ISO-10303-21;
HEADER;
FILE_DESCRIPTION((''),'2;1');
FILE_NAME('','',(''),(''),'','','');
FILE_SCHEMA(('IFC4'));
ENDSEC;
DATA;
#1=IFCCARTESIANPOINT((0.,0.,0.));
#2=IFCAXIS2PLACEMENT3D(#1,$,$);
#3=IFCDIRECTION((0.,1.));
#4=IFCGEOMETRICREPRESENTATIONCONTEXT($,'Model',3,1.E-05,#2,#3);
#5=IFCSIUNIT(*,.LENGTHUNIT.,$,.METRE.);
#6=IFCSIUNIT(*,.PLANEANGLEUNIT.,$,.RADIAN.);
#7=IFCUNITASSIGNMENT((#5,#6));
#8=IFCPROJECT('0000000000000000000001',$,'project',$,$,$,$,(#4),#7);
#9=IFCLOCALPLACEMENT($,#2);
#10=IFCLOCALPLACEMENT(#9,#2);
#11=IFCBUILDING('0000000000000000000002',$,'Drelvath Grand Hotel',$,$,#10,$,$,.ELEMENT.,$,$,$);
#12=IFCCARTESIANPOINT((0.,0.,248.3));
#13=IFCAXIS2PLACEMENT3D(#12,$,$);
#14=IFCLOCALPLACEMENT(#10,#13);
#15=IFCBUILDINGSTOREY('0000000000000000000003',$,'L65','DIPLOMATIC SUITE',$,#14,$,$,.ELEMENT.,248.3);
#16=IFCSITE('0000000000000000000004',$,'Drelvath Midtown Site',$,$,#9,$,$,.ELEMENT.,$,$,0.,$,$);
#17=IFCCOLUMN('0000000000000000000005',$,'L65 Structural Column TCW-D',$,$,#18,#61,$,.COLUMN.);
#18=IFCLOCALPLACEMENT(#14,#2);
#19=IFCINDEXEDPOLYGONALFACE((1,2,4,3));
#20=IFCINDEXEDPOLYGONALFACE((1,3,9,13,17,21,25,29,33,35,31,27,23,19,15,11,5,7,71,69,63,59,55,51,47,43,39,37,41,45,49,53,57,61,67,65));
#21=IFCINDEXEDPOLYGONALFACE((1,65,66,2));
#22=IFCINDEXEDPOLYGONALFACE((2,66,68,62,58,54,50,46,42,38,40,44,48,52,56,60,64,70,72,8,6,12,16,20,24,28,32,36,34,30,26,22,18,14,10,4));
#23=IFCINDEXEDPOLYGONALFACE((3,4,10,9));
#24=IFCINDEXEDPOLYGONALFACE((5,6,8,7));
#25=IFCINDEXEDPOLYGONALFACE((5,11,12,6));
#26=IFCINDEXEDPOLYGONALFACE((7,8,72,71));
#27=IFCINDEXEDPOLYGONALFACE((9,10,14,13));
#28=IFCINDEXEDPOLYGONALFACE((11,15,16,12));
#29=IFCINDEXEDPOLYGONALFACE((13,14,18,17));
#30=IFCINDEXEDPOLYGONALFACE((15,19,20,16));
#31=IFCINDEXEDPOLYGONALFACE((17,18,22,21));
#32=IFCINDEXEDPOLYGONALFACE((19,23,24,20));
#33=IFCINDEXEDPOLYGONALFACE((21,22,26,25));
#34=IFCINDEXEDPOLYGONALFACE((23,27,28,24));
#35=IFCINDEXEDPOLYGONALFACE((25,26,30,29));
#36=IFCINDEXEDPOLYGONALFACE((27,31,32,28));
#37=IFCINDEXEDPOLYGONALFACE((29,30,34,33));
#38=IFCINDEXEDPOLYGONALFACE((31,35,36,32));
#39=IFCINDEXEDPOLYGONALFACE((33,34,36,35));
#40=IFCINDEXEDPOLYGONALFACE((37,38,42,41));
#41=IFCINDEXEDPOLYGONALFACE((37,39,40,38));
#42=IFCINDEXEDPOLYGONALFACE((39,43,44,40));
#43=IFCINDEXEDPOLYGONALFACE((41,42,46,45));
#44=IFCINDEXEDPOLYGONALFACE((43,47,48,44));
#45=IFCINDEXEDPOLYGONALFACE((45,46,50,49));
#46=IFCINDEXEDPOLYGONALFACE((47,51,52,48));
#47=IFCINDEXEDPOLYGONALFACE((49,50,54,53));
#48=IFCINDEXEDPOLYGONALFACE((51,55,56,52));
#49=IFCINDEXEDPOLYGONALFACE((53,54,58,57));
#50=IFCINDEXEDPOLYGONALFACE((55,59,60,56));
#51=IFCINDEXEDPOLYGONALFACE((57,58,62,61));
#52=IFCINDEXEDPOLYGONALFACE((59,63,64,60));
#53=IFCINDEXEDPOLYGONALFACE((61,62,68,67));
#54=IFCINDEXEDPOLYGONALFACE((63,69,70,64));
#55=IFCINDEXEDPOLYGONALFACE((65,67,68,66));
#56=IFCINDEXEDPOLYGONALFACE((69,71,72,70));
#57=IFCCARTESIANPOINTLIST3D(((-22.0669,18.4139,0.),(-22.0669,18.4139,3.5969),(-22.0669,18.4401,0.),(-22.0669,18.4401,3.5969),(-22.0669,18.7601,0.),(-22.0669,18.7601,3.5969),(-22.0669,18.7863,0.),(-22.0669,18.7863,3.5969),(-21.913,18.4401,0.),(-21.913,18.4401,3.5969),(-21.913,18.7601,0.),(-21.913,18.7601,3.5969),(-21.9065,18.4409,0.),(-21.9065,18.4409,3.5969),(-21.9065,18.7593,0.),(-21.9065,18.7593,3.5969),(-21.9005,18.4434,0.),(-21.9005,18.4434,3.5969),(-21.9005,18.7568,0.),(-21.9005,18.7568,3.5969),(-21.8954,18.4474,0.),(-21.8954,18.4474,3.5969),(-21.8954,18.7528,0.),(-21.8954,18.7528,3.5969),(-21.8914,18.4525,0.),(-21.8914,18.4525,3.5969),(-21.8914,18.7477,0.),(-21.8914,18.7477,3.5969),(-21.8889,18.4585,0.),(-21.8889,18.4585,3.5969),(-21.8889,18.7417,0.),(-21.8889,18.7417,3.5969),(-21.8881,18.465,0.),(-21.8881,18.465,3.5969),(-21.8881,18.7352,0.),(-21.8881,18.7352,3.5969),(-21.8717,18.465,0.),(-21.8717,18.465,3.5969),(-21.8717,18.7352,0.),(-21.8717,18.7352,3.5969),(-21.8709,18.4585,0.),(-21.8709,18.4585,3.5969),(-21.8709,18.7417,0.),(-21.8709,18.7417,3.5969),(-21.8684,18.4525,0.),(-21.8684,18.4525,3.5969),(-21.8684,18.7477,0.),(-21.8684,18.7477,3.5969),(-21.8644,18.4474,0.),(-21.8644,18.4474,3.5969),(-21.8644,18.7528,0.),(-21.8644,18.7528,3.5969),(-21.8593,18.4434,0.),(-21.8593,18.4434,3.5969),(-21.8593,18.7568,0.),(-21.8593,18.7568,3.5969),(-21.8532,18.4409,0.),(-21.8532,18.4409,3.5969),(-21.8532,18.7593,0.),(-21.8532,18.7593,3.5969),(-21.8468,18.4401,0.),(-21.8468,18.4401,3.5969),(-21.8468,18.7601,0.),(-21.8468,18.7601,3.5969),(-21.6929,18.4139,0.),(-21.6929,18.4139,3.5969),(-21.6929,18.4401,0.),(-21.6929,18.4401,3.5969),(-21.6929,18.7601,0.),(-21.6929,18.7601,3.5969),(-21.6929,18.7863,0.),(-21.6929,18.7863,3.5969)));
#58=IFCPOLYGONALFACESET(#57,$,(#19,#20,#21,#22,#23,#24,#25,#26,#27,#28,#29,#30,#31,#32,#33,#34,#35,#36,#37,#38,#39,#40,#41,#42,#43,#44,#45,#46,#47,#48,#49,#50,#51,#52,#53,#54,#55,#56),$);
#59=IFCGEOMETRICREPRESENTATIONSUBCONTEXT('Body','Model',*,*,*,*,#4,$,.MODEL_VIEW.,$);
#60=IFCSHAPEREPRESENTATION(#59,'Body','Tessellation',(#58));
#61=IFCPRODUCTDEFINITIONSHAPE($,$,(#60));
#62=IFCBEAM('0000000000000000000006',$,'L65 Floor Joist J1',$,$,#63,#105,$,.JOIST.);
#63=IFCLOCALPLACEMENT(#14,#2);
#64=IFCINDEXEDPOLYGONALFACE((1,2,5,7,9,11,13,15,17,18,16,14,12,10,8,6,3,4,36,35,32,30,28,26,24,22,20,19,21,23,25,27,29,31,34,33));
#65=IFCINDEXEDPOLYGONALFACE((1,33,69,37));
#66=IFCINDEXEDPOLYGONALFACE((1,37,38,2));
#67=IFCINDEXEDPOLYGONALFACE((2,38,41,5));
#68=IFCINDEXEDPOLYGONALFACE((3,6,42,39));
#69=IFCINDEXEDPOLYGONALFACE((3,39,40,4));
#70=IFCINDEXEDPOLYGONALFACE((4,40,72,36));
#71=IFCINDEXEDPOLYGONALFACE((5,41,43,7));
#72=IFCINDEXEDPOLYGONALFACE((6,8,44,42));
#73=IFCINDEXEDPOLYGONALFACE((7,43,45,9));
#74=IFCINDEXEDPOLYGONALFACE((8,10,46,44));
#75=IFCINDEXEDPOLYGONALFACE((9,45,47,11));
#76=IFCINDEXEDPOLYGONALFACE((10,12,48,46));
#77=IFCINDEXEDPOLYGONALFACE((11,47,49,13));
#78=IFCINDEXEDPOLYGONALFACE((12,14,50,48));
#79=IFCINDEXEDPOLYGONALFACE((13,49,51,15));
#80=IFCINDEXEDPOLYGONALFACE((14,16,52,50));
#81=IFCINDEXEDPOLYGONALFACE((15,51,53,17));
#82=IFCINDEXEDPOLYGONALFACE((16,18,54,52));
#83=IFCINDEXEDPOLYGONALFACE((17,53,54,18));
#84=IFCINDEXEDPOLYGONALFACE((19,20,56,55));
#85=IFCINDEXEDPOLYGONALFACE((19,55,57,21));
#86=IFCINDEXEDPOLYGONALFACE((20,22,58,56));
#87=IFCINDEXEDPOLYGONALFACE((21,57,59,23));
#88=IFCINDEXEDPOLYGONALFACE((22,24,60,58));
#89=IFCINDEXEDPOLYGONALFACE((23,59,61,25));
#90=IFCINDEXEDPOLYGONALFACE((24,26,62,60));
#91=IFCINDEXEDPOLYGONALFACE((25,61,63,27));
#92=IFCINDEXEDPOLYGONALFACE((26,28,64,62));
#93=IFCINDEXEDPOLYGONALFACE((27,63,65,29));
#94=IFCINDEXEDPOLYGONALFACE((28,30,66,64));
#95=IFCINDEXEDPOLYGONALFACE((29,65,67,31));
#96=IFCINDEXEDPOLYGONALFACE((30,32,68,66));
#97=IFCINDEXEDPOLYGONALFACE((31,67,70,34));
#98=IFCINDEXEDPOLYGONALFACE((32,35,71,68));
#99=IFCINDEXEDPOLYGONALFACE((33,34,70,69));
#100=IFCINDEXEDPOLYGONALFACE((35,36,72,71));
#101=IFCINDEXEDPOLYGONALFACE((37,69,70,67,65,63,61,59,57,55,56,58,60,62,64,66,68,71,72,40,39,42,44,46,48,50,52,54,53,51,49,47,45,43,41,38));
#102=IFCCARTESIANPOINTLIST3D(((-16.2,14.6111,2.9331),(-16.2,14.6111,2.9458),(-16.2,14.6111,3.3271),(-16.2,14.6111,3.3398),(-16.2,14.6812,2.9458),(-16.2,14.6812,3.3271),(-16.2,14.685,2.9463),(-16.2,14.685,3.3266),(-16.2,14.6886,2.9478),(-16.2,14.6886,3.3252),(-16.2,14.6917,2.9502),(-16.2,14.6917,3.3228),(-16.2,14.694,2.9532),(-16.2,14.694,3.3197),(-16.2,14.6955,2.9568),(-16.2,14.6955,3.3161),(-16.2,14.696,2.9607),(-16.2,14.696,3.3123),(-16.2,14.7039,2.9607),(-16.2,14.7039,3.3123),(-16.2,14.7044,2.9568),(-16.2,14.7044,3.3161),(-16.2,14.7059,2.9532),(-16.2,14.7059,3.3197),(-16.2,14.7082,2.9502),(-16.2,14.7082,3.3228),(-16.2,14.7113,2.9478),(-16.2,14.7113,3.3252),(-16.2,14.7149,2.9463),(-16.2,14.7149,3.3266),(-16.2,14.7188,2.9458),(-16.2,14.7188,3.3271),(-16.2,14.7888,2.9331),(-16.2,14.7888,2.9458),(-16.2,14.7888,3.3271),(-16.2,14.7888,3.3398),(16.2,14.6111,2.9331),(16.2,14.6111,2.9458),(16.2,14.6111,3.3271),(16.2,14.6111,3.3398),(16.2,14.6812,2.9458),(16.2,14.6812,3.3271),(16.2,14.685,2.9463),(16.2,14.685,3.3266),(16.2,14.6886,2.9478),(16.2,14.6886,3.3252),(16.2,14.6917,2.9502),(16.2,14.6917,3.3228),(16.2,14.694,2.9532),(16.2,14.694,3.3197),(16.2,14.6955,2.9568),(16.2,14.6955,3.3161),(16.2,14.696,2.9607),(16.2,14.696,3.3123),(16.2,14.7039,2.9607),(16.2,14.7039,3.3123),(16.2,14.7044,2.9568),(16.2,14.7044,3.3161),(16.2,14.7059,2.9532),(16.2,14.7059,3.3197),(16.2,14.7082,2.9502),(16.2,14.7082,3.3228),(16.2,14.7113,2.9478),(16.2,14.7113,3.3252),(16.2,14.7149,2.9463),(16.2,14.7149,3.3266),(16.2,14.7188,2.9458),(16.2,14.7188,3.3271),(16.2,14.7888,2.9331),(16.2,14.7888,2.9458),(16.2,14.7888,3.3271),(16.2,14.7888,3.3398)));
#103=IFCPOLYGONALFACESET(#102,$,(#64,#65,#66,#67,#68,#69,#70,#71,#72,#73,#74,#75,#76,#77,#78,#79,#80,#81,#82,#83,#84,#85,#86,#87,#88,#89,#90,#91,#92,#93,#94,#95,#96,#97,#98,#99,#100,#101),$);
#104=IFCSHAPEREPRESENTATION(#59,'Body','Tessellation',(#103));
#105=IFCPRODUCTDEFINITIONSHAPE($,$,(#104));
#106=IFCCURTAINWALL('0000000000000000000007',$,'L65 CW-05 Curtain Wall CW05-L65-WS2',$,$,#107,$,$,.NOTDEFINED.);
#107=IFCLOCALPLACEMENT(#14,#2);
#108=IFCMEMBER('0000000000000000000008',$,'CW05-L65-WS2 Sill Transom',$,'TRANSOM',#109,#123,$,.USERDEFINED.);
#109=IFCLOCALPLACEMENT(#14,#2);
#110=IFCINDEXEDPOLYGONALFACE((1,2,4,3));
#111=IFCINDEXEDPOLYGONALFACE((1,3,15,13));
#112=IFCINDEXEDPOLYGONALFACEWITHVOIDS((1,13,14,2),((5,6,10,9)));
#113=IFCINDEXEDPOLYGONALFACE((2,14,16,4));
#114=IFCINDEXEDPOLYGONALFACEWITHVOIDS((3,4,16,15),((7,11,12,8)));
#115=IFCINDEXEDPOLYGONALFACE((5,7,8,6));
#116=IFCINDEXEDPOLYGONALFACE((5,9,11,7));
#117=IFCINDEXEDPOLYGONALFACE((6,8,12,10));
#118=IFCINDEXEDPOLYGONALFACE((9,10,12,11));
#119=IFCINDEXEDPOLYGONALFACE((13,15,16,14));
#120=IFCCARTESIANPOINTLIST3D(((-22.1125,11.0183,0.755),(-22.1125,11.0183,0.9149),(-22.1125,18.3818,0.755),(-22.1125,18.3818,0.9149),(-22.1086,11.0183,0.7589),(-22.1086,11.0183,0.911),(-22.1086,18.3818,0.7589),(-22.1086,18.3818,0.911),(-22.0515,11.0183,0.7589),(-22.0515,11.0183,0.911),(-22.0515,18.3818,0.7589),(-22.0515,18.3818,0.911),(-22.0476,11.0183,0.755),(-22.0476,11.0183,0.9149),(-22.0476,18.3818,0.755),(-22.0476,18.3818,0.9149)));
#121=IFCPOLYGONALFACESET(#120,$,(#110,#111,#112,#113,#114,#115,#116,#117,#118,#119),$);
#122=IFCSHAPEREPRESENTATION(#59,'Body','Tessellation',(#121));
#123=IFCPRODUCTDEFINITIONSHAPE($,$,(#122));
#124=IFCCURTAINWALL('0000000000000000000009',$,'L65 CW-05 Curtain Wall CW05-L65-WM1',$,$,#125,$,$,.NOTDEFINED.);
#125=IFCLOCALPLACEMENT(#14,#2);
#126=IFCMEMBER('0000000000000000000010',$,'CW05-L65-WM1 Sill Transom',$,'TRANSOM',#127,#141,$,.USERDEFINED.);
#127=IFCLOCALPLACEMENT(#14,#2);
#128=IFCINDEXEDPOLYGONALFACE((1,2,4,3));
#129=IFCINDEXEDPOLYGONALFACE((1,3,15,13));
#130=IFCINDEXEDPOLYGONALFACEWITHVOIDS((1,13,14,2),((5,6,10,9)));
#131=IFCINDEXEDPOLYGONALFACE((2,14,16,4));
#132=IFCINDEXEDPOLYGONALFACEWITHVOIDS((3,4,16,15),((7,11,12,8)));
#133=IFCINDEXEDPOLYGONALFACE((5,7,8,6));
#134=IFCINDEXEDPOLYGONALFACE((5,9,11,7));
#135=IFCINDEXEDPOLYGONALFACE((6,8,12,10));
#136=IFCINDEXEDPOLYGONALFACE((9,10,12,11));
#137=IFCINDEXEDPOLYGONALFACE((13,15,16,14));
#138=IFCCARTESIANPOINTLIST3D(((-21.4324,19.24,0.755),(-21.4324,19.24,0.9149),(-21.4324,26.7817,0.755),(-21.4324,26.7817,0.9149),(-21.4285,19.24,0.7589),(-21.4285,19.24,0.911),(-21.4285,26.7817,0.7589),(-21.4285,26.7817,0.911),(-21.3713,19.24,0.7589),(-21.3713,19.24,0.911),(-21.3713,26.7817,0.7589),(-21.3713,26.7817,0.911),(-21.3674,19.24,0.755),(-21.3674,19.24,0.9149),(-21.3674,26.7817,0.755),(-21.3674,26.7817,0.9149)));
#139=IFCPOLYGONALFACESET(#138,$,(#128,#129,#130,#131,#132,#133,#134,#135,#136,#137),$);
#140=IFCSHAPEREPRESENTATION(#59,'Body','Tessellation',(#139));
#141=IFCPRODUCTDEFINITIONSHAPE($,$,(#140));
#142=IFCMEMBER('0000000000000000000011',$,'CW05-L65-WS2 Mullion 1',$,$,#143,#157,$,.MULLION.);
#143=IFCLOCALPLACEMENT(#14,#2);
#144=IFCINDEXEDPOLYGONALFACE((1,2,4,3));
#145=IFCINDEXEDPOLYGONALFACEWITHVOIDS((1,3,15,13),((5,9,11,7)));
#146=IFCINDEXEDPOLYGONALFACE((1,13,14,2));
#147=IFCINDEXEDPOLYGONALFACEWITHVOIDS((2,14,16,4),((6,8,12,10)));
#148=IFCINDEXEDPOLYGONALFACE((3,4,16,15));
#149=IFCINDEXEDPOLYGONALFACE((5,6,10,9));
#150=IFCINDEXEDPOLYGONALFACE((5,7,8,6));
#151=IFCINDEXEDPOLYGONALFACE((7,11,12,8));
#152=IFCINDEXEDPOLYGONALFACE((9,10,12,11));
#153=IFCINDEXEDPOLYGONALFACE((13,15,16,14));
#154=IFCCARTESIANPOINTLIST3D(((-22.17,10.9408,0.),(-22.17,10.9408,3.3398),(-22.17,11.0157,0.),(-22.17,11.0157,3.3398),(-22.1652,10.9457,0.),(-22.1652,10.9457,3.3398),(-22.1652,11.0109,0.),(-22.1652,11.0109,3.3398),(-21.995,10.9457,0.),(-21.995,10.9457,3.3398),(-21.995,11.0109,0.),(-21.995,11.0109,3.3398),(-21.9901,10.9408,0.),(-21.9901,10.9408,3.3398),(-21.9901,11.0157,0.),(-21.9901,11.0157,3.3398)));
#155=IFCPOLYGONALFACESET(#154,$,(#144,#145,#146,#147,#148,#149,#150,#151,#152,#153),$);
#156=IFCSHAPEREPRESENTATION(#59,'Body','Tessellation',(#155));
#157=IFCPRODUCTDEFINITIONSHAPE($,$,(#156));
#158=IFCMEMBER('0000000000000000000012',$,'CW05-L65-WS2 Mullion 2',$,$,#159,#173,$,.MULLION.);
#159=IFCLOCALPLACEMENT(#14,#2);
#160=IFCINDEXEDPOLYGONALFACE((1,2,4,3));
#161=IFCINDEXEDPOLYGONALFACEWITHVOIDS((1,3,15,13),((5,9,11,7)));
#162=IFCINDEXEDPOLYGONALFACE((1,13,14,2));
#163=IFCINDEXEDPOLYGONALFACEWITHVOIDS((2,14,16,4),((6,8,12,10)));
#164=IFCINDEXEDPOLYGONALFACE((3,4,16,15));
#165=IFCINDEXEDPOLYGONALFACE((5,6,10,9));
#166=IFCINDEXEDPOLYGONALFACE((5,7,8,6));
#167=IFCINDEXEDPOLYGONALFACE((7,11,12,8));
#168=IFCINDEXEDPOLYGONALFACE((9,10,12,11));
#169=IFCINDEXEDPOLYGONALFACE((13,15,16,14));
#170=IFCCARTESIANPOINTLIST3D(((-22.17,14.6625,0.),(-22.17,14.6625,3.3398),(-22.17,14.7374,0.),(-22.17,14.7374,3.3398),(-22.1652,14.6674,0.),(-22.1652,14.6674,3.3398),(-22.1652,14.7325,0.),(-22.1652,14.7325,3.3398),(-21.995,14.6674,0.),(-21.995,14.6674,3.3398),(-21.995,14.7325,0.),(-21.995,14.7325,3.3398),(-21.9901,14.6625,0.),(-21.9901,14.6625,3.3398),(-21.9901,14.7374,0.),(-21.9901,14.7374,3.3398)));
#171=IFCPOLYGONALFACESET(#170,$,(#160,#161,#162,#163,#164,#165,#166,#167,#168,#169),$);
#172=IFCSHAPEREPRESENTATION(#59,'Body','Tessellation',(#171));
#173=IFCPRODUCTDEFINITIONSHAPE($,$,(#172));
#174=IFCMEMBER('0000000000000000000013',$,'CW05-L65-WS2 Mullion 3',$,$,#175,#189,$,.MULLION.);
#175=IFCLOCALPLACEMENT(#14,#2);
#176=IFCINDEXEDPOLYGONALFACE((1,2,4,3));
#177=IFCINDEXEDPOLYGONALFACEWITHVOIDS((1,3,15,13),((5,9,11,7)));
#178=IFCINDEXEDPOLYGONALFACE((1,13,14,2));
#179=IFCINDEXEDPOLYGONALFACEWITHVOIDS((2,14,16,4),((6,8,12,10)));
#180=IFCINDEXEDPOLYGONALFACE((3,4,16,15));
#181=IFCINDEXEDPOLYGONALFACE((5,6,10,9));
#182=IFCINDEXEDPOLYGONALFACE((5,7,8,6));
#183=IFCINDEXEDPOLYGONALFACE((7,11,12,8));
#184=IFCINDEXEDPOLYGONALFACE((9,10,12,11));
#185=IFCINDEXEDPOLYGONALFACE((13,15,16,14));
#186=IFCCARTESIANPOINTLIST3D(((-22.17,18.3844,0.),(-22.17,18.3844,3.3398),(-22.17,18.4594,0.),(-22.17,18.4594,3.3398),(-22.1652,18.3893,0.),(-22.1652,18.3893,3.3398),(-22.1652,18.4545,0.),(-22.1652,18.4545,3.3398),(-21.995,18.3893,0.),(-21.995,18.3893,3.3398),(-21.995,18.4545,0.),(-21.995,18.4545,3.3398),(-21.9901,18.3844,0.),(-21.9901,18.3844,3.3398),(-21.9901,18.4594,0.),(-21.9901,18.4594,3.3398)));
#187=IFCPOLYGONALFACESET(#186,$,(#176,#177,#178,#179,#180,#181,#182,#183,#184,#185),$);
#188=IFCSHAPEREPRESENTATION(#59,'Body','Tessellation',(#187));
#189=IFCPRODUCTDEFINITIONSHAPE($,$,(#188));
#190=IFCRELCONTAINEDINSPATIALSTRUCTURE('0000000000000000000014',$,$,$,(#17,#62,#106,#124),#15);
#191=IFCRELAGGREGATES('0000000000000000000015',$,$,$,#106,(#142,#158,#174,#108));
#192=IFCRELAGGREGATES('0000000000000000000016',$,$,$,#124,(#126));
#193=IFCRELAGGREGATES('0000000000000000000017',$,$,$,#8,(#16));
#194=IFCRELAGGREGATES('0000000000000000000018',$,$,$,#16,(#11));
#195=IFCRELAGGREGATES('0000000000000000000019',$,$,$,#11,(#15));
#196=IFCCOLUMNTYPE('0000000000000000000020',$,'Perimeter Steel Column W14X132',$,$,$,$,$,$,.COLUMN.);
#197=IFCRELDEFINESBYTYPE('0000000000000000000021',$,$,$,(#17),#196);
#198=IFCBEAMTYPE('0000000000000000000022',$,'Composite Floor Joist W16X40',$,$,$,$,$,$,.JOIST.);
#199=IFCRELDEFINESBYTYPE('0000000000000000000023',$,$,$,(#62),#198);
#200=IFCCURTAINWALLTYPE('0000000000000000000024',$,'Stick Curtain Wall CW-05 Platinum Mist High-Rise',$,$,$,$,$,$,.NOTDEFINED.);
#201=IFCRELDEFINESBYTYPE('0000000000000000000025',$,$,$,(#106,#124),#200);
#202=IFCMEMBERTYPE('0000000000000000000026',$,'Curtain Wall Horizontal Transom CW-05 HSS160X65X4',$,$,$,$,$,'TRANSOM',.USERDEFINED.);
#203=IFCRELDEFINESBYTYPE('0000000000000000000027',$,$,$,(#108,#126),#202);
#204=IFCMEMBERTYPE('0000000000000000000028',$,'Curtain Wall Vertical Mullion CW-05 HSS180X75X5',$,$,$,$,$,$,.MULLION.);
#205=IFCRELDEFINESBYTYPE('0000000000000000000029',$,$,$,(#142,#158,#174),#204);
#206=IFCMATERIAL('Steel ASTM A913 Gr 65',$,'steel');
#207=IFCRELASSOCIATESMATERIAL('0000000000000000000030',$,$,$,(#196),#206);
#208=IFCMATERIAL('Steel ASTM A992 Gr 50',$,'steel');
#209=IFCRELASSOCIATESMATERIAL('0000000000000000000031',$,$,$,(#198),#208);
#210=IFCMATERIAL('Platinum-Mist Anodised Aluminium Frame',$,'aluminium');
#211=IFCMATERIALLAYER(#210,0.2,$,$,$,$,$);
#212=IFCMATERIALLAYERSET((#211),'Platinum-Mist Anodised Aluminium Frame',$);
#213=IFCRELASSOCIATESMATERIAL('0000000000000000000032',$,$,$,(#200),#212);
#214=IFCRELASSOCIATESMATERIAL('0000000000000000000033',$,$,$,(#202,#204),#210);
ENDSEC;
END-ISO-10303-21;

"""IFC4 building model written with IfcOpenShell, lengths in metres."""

from ifc_helpers import new_model, si_unit, direction, frame, origin, origin_2d, place, context, subcontext, project, spatial, hollow_rectangle, i_section, extrude, material, layer, layer_set, material_profile, profile_set, type_object, element, aggregate, save


model = new_model("IFC4")

# Units and contexts
model_context = context("Model", 3, precision=1e-05, world=origin(), true_north=direction((0.0, 1.0)))
body_context = subcontext(model_context, "Body", "Model", "MODEL_VIEW")
ifc_project = project(units=[si_unit("LENGTHUNIT", "METRE"), si_unit("PLANEANGLEUNIT", "RADIAN")], contexts=[model_context])

# Site, building, storey
site_placement = place(None, origin())
site = spatial("IfcSite", under=ifc_project, at=site_placement, Name="Drelvath Midtown Site", CompositionType="ELEMENT", RefElevation=0.0)
building_placement = place(site_placement, origin())
building = spatial("IfcBuilding", under=site, at=building_placement, Name="Drelvath Grand Hotel", CompositionType="ELEMENT")
storey_placement = place(building_placement, frame((0.0, 0.0, 248.3)))
storey = spatial("IfcBuildingStorey", under=building, at=storey_placement, Name="L65", Description="DIPLOMATIC SUITE", CompositionType="ELEMENT", Elevation=248.3)

# Column
ifc_material_1 = material(Name="Steel ASTM A913 Gr 65", Category="steel")
ifc_material_profile_1 = material_profile(ifc_material_1, i_section(OverallWidth=0.374, OverallDepth=0.3723, WebThickness=0.0164, FlangeThickness=0.0261, FilletRadius=0.0249, at=origin_2d()), Name="W14X132")
ifc_profile_set_1 = profile_set([ifc_material_profile_1], Name="Steel ASTM A913 Gr 65")
column_type = type_object("IfcColumnType", Name="Perimeter Steel Column W14X132", PredefinedType="COLUMN", material=ifc_profile_set_1)
column_placement = place(storey_placement, frame((-21.8799, 18.6001, 0.0), z_axis=(0.0, 0.0, 1.0), x_axis=(1.0, 0.0, 0.0)))
element("IfcColumn", 1, at=column_placement, inside=storey, type_object=column_type, Name="L65 Structural Column TCW-D", PredefinedType="COLUMN", context=body_context, shape_type="SweptSolid", body=[
    extrude(i_section(OverallWidth=0.374, OverallDepth=0.3723, WebThickness=0.0164, FlangeThickness=0.0261, FilletRadius=0.0249, at=origin_2d()), origin(), (0.0, 0.0, 1.0), 3.5969),
])

# Beam
ifc_material_2 = material(Name="Steel ASTM A992 Gr 50", Category="steel")
ifc_material_profile_2 = material_profile(ifc_material_2, i_section(OverallWidth=0.1777, OverallDepth=0.4067, WebThickness=0.0078, FlangeThickness=0.0127, FilletRadius=0.0149, at=origin_2d()), Name="W16X40")
ifc_profile_set_2 = profile_set([ifc_material_profile_2], Name="Steel ASTM A992 Gr 50")
beam_type_1 = type_object("IfcBeamType", Name="Composite Floor Joist W16X40", PredefinedType="JOIST", material=ifc_profile_set_2)
beam_1_placement = place(storey_placement, frame((-16.2, 14.7, 3.1365), z_axis=(1.0, 0.0, 0.0), x_axis=(0.0, 1.0, 0.0)))
element("IfcBeam", 2, at=beam_1_placement, inside=storey, type_object=beam_type_1, Name="L65 Floor Joist J1", PredefinedType="JOIST", context=body_context, shape_type="SweptSolid", body=[
    extrude(i_section(OverallWidth=0.1777, OverallDepth=0.4067, WebThickness=0.0078, FlangeThickness=0.0127, FilletRadius=0.0149, at=origin_2d()), origin(), (0.0, 0.0, 1.0), 32.3999),
])

# Curtain walls, members
ifc_material_3 = material(Name="Platinum-Mist Anodised Aluminium Frame", Category="aluminium")
ifc_layer_1 = layer(ifc_material_3, 0.2)
ifc_layer_set_1 = layer_set([ifc_layer_1], Name="Platinum-Mist Anodised Aluminium Frame")
curtain_wall_type = type_object("IfcCurtainWallType", Name="Stick Curtain Wall CW-05 Platinum Mist High-Rise", PredefinedType="NOTDEFINED", material=ifc_layer_set_1)
curtain_wall_1_placement = place(storey_placement, origin())
curtain_wall_1 = element("IfcCurtainWall", 3, at=curtain_wall_1_placement, inside=storey, type_object=curtain_wall_type, Name="L65 CW-05 Curtain Wall CW05-L65-WS2", PredefinedType="NOTDEFINED")
ifc_material_profile_3 = material_profile(ifc_material_3, hollow_rectangle(XDim=0.0649, YDim=0.1599, WallThickness=0.0039, at=origin_2d()), Name="HSS160X65X4")
ifc_profile_set_3 = profile_set([ifc_material_profile_3], Name="Platinum-Mist Anodised Aluminium Frame")
member_type_1 = type_object("IfcMemberType", Name="Curtain Wall Horizontal Transom CW-05 HSS160X65X4", ElementType="TRANSOM", PredefinedType="USERDEFINED", material=ifc_profile_set_3)
member_1_placement = place(storey_placement, frame((-22.0801, 11.0183, 0.835), z_axis=(0.0, 1.0, 0.0), x_axis=(-1.0, 0.0, 0.0)))
member_1 = element("IfcMember", 4, at=member_1_placement, type_object=member_type_1, Name="CW05-L65-WS2 Sill Transom", ObjectType="TRANSOM", PredefinedType="USERDEFINED", context=body_context, shape_type="SweptSolid", body=[
    extrude(hollow_rectangle(XDim=0.0649, YDim=0.1599, WallThickness=0.0039, at=origin_2d()), origin(), (0.0, 0.0, 1.0), 7.3635),
])
curtain_wall_2_placement = place(storey_placement, origin())
curtain_wall_2 = element("IfcCurtainWall", 5, at=curtain_wall_2_placement, inside=storey, type_object=curtain_wall_type, Name="L65 CW-05 Curtain Wall CW05-L65-WM1", PredefinedType="NOTDEFINED")
member_2_placement = place(storey_placement, frame((-21.3999, 19.24, 0.835), z_axis=(0.0, 1.0, 0.0), x_axis=(-1.0, 0.0, 0.0)))
member_2 = element("IfcMember", 6, at=member_2_placement, type_object=member_type_1, Name="CW05-L65-WM1 Sill Transom", ObjectType="TRANSOM", PredefinedType="USERDEFINED", context=body_context, shape_type="SweptSolid", body=[
    extrude(hollow_rectangle(XDim=0.0649, YDim=0.1599, WallThickness=0.0039, at=origin_2d()), origin(), (0.0, 0.0, 1.0), 7.5417),
])

# Members
ifc_material_profile_4 = material_profile(ifc_material_3, hollow_rectangle(XDim=0.075, YDim=0.1799, WallThickness=0.0049, at=origin_2d()), Name="HSS180X75X5")
ifc_profile_set_4 = profile_set([ifc_material_profile_4], Name="Platinum-Mist Anodised Aluminium Frame")
member_type_2 = type_object("IfcMemberType", Name="Curtain Wall Vertical Mullion CW-05 HSS180X75X5", PredefinedType="MULLION", material=ifc_profile_set_4)
member_3_placement = place(storey_placement, frame((-22.0801, 10.9783, 0.0), z_axis=(0.0, 0.0, 1.0), x_axis=(0.0, 1.0, 0.0)))
member_3 = element("IfcMember", 7, at=member_3_placement, type_object=member_type_2, Name="CW05-L65-WS2 Mullion 1", PredefinedType="MULLION", context=body_context, shape_type="SweptSolid", body=[
    extrude(hollow_rectangle(XDim=0.075, YDim=0.1799, WallThickness=0.0049, at=origin_2d()), origin(), (0.0, 0.0, 1.0), 3.3398),
])
member_4_placement = place(storey_placement, frame((-22.0801, 14.7, 0.0), z_axis=(0.0, 0.0, 1.0), x_axis=(0.0, 1.0, 0.0)))
member_4 = element("IfcMember", 8, at=member_4_placement, type_object=member_type_2, Name="CW05-L65-WS2 Mullion 2", PredefinedType="MULLION", context=body_context, shape_type="SweptSolid", body=[
    extrude(hollow_rectangle(XDim=0.075, YDim=0.1799, WallThickness=0.0049, at=origin_2d()), origin(), (0.0, 0.0, 1.0), 3.3398),
])
member_5_placement = place(storey_placement, frame((-22.0801, 18.4219, 0.0), z_axis=(0.0, 0.0, 1.0), x_axis=(0.0, 1.0, 0.0)))
member_5 = element("IfcMember", 9, at=member_5_placement, type_object=member_type_2, Name="CW05-L65-WS2 Mullion 3", PredefinedType="MULLION", context=body_context, shape_type="SweptSolid", body=[
    extrude(hollow_rectangle(XDim=0.075, YDim=0.1799, WallThickness=0.0049, at=origin_2d()), origin(), (0.0, 0.0, 1.0), 3.3398),
])

aggregate(curtain_wall_1, [member_3, member_4, member_5, member_1])
aggregate(curtain_wall_2, [member_2])

save(model, "model.ifc")
